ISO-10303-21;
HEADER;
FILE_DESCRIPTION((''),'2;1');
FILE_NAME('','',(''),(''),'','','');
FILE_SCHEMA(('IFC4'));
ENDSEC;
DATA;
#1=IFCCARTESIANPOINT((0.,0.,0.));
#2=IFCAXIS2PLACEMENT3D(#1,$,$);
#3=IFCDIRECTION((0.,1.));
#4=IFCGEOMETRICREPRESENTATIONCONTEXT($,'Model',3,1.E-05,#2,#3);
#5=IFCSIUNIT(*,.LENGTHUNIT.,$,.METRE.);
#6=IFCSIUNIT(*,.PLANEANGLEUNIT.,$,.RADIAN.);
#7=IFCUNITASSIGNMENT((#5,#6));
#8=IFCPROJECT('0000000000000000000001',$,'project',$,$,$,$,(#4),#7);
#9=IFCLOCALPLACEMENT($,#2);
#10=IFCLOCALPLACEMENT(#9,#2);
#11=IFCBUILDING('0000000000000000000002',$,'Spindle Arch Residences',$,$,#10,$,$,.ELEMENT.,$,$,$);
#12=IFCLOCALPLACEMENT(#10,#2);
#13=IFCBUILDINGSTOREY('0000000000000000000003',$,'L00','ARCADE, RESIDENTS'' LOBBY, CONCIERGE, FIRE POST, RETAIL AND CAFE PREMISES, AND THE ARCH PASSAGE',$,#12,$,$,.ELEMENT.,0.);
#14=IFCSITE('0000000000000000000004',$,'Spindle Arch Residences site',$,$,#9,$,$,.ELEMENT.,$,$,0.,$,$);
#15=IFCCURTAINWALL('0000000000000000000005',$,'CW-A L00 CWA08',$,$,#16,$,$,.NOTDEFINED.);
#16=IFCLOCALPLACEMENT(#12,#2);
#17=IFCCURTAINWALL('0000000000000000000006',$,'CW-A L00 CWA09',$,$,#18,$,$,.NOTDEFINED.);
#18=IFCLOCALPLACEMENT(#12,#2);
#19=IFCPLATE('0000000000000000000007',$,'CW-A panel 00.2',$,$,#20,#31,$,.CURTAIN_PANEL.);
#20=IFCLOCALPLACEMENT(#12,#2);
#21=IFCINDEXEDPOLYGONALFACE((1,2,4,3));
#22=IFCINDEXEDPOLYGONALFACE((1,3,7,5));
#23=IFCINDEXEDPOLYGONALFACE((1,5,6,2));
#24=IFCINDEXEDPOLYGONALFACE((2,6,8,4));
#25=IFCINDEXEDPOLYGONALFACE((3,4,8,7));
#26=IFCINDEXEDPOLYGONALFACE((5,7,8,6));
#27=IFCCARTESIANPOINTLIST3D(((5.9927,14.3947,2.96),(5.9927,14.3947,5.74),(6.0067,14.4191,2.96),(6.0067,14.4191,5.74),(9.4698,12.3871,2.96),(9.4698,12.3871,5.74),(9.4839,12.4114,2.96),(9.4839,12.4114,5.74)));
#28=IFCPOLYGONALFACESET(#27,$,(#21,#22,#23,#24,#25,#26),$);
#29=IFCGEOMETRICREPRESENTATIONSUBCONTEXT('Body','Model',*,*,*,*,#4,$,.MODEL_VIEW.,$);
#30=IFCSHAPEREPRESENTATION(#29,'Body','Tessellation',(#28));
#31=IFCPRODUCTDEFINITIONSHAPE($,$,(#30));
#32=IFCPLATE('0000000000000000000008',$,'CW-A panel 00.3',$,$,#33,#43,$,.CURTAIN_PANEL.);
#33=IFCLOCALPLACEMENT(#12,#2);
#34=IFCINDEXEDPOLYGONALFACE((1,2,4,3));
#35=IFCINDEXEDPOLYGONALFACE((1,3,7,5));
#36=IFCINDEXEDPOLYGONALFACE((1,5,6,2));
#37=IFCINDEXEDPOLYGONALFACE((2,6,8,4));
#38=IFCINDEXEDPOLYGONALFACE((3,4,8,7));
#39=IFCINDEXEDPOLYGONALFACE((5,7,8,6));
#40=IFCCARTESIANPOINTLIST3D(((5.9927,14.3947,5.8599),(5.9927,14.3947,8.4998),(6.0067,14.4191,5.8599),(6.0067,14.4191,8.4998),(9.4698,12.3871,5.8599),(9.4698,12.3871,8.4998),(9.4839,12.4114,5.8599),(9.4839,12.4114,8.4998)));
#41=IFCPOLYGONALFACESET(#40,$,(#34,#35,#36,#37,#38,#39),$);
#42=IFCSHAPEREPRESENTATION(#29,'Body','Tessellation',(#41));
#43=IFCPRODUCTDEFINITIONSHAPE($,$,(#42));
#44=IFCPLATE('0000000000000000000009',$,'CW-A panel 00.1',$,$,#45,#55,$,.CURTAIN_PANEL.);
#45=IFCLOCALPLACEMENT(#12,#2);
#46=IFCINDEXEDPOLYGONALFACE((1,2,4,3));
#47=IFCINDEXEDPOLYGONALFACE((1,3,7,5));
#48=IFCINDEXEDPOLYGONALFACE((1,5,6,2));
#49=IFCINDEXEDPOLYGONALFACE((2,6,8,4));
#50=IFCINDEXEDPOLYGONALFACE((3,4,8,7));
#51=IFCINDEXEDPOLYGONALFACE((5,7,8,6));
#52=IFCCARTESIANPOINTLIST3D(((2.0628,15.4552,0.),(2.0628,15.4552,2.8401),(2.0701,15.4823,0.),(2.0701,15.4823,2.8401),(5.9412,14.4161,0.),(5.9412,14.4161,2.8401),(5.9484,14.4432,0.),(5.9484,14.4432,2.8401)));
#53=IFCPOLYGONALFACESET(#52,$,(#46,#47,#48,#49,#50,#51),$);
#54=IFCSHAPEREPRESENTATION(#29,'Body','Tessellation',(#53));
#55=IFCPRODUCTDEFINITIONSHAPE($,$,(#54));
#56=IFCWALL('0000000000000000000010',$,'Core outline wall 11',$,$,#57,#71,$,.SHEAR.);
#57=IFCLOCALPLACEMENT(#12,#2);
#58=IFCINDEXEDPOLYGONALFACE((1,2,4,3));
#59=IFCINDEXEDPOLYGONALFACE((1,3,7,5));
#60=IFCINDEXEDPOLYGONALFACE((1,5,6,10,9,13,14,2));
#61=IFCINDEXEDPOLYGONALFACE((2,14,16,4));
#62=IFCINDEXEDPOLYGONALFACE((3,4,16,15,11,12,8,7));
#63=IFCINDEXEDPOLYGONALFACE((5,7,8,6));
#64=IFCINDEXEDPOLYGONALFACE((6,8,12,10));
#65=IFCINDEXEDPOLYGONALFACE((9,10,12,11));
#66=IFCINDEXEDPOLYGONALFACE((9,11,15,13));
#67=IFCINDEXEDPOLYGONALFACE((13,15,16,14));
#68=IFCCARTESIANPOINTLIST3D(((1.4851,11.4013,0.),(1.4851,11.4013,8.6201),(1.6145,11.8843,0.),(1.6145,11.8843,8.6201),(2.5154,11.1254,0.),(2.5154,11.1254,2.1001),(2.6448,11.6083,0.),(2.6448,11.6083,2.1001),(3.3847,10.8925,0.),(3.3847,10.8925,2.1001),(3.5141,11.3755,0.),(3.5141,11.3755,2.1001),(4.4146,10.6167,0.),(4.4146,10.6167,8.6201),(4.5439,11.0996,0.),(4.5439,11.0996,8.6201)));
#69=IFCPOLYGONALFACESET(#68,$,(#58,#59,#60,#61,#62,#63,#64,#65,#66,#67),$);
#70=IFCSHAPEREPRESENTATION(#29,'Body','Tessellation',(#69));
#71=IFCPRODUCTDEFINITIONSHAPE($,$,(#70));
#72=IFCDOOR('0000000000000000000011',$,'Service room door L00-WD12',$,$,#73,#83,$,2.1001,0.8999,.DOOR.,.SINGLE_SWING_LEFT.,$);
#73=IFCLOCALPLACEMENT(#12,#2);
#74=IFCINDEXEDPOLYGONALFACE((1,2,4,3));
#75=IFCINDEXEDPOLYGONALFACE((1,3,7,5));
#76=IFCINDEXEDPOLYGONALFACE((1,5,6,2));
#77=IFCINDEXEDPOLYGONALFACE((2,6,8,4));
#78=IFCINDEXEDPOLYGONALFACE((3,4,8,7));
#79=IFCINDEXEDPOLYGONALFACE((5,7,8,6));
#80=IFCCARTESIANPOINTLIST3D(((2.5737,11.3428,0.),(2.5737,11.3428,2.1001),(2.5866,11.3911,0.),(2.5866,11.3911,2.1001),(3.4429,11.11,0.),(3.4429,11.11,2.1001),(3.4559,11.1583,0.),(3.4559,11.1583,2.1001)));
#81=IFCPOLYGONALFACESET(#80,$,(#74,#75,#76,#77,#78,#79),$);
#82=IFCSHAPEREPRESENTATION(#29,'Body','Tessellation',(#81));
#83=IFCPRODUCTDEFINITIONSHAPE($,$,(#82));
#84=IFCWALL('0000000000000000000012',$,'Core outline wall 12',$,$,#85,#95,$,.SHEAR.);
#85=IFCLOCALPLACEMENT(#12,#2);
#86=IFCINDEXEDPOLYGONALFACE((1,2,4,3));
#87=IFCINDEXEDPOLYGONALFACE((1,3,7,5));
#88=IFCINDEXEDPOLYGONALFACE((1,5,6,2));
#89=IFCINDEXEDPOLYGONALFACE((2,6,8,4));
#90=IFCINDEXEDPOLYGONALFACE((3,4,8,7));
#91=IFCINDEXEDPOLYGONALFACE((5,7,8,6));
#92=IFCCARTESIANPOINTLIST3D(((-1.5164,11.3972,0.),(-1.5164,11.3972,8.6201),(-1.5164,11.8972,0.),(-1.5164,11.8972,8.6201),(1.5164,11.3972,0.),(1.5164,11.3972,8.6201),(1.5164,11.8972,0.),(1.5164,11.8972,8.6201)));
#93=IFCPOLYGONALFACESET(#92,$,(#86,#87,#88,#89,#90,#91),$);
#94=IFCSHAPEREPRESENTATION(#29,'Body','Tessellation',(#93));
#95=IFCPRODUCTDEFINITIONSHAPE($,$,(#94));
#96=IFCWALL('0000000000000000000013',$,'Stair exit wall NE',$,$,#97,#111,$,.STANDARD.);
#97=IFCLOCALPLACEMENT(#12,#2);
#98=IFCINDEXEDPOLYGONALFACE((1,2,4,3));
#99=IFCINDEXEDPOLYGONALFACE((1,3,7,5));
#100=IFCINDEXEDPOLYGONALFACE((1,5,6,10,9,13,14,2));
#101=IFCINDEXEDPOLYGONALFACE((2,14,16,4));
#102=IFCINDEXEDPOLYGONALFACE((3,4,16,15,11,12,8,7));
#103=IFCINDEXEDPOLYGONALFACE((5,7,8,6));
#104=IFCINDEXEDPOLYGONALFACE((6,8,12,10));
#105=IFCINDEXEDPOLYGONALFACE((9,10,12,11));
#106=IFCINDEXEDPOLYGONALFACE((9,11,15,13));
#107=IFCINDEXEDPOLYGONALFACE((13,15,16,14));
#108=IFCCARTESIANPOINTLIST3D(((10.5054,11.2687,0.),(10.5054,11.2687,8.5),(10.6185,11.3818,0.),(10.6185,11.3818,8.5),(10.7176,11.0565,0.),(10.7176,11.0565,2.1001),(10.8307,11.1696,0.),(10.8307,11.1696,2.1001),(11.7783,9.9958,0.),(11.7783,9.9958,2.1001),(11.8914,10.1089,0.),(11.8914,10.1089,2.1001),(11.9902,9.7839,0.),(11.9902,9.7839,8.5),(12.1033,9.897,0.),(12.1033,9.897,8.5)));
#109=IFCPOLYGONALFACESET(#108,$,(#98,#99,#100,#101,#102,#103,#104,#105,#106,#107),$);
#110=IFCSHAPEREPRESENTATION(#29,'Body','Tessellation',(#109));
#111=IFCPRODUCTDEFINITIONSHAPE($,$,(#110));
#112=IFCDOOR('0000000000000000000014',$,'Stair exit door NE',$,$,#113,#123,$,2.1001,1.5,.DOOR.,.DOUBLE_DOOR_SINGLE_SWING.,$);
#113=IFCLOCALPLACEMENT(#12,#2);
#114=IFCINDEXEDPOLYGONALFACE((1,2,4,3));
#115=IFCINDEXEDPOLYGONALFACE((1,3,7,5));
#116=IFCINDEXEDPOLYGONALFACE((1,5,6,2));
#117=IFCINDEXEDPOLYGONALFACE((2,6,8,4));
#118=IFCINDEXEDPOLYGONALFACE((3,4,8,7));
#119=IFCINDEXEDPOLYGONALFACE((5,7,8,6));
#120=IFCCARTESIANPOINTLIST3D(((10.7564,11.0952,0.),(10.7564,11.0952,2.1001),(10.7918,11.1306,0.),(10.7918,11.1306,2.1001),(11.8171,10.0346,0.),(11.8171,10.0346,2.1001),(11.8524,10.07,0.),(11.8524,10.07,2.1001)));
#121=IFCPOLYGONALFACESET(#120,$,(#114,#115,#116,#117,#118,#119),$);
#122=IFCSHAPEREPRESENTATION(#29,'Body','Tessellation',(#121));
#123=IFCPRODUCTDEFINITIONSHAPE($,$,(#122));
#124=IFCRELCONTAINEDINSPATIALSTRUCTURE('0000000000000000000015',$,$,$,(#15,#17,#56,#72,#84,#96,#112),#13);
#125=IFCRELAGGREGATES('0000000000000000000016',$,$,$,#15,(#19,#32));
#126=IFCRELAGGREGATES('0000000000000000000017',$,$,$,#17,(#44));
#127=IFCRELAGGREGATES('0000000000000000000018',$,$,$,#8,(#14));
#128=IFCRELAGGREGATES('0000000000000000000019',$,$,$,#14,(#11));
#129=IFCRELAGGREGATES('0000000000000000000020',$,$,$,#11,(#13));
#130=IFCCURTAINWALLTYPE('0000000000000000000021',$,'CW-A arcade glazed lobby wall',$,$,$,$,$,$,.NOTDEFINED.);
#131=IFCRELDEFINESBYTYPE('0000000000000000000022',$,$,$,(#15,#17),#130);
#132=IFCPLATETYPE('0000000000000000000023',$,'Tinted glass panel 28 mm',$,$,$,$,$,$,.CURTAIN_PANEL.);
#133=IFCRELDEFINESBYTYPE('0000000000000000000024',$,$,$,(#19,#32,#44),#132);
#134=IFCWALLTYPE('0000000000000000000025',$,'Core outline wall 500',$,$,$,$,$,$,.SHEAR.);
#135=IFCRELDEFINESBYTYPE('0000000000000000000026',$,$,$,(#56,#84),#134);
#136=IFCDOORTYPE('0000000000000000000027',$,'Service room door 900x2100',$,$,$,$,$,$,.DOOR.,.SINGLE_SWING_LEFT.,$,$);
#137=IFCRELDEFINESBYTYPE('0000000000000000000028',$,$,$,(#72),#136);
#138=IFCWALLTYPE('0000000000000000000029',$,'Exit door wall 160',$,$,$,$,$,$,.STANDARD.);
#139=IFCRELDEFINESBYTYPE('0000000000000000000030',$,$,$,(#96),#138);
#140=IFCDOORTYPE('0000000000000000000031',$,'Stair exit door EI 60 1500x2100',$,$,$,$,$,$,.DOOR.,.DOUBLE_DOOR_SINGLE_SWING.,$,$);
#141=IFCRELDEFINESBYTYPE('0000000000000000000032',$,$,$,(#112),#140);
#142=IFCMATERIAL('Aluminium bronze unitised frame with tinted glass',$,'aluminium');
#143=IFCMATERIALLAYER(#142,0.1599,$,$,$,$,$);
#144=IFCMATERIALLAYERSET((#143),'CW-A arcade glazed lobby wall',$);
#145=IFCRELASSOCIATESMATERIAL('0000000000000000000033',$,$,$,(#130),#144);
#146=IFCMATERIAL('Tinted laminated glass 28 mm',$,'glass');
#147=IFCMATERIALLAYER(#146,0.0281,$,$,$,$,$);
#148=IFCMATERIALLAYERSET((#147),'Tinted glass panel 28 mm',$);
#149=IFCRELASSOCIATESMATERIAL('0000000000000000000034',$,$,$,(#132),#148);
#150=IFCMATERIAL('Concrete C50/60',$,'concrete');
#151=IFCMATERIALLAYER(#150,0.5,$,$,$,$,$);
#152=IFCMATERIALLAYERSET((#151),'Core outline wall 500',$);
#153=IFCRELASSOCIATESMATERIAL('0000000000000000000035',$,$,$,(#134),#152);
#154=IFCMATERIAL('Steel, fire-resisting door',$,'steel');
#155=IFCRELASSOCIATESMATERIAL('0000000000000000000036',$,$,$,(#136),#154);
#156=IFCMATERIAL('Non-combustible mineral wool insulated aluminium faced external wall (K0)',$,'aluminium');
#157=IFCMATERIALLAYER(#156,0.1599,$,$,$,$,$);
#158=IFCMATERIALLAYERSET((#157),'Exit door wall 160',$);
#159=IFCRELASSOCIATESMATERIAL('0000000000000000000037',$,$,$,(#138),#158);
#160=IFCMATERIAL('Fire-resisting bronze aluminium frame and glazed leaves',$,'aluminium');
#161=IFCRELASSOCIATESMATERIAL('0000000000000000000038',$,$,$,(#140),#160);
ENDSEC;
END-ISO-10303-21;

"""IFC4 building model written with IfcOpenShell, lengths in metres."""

from ifc_helpers import new_model, si_unit, direction, frame, frame_2d, origin, origin_2d, place, context, subcontext, project, spatial, rectangle, extrude, material, layer, layer_set, type_object, element, fill, aggregate, save


model = new_model("IFC4")

# Units and contexts
model_context = context("Model", 3, precision=1e-05, world=origin(), true_north=direction((0.0, 1.0)))
body_context = subcontext(model_context, "Body", "Model", "MODEL_VIEW")
ifc_project = project(units=[si_unit("LENGTHUNIT", "METRE"), si_unit("PLANEANGLEUNIT", "RADIAN")], contexts=[model_context])

# Site, building, storey
site_placement = place(None, origin())
site = spatial("IfcSite", under=ifc_project, at=site_placement, Name="Spindle Arch Residences site", CompositionType="ELEMENT", RefElevation=0.0)
building_placement = place(site_placement, origin())
building = spatial("IfcBuilding", under=site, at=building_placement, Name="Spindle Arch Residences", CompositionType="ELEMENT")
storey_placement = place(building_placement, origin())
storey = spatial("IfcBuildingStorey", under=building, at=storey_placement, Name="L00", Description="ARCADE, RESIDENTS' LOBBY, CONCIERGE, FIRE POST, RETAIL AND CAFE PREMISES, AND THE ARCH PASSAGE", CompositionType="ELEMENT", Elevation=0.0)

# Curtain walls
ifc_material_1 = material(Name="Aluminium bronze unitised frame with tinted glass", Category="aluminium")
ifc_layer_1 = layer(ifc_material_1, 0.1599)
ifc_layer_set_1 = layer_set([ifc_layer_1], Name="CW-A arcade glazed lobby wall")
curtain_wall_type = type_object("IfcCurtainWallType", Name="CW-A arcade glazed lobby wall", PredefinedType="NOTDEFINED", material=ifc_layer_set_1)
curtain_wall_1_placement = place(storey_placement, origin())
curtain_wall_1 = element("IfcCurtainWall", 1, at=curtain_wall_1_placement, inside=storey, type_object=curtain_wall_type, Name="CW-A L00 CWA08", PredefinedType="NOTDEFINED")
curtain_wall_2_placement = place(storey_placement, origin())
curtain_wall_2 = element("IfcCurtainWall", 2, at=curtain_wall_2_placement, inside=storey, type_object=curtain_wall_type, Name="CW-A L00 CWA09", PredefinedType="NOTDEFINED")

# Plates
ifc_material_2 = material(Name="Tinted laminated glass 28 mm", Category="glass")
ifc_layer_2 = layer(ifc_material_2, 0.0281)
ifc_layer_set_2 = layer_set([ifc_layer_2], Name="Tinted glass panel 28 mm")
plate_type = type_object("IfcPlateType", Name="Tinted glass panel 28 mm", PredefinedType="CURTAIN_PANEL", material=ifc_layer_set_2)
plate_1_placement = place(storey_placement, frame((7.7383, 13.4031, 2.96), z_axis=(0.0, 0.0, 1.0), x_axis=(-0.866012, 0.500023, 0.0)))
plate_1 = element("IfcPlate", 3, at=plate_1_placement, type_object=plate_type, Name="CW-A panel 00.2", PredefinedType="CURTAIN_PANEL", context=body_context, shape_type="SweptSolid", body=[
    extrude(rectangle(XDim=4.0151, YDim=0.0281, at=origin_2d()), origin(), (0.0, 0.0, 1.0), 2.78),
])
plate_2_placement = place(storey_placement, frame((7.7383, 13.4031, 5.8599), z_axis=(0.0, 0.0, 1.0), x_axis=(-0.866012, 0.500023, 0.0)))
plate_2 = element("IfcPlate", 4, at=plate_2_placement, type_object=plate_type, Name="CW-A panel 00.3", PredefinedType="CURTAIN_PANEL", context=body_context, shape_type="SweptSolid", body=[
    extrude(rectangle(XDim=4.0151, YDim=0.0281, at=origin_2d()), origin(), (0.0, 0.0, 1.0), 2.6399),
])
aggregate(curtain_wall_1, [plate_1, plate_2])
plate_3_placement = place(storey_placement, frame((4.0056, 14.9492, 0.0), z_axis=(0.0, 0.0, 1.0), x_axis=(-0.965935, 0.258786, 0.0)))
plate_3 = element("IfcPlate", 5, at=plate_3_placement, type_object=plate_type, Name="CW-A panel 00.1", PredefinedType="CURTAIN_PANEL", context=body_context, shape_type="SweptSolid", body=[
    extrude(rectangle(XDim=4.0151, YDim=0.0281, at=origin_2d()), origin(), (0.0, 0.0, 1.0), 2.8401),
])
aggregate(curtain_wall_2, [plate_3])

# Wall, opening, door
ifc_material_3 = material(Name="Concrete C50/60", Category="concrete")
ifc_layer_3 = layer(ifc_material_3, 0.5)
ifc_layer_set_3 = layer_set([ifc_layer_3], Name="Core outline wall 500")
wall_type_1 = type_object("IfcWallType", Name="Core outline wall 500", PredefinedType="SHEAR", material=ifc_layer_set_3)
wall_1_placement = place(storey_placement, frame((4.4792, 10.8582, 0.0), z_axis=(0.0, 0.0, 1.0), x_axis=(-0.965948, 0.258735, 0.0)))
wall_1 = element("IfcWall", 6, at=wall_1_placement, inside=storey, type_object=wall_type_1, Name="Core outline wall 11", PredefinedType="SHEAR", context=body_context, shape_type="SweptSolid", body=[
    extrude(rectangle(XDim=3.0327, YDim=0.5, at=frame_2d((1.5164, 0.0))), origin(), (0.0, 0.0, 1.0), 8.6201),
])
opening_1_placement = place(wall_1_placement, frame((1.0662, 0.0, 0.0)))
opening_1 = element("IfcOpeningElement", 7, at=opening_1_placement, cuts=wall_1, PredefinedType="OPENING", context=body_context, shape_type="SweptSolid", body=[
    extrude(rectangle(XDim=0.8999, YDim=2.1001, at=frame_2d((0.45, 1.05))), frame((0.0, 0.26, 0.0), z_axis=(0.0, -1.0, 0.0), x_axis=(1.0, 0.0, 0.0)), (0.0, 0.0, 1.0), 0.52),
])
ifc_material_4 = material(Name="Steel, fire-resisting door", Category="steel")
door_type_1 = type_object("IfcDoorType", Name="Service room door 900x2100", OperationType="SINGLE_SWING_LEFT", PredefinedType="DOOR", material=ifc_material_4)
door_1_placement = place(opening_1_placement, origin())
door_1 = element("IfcDoor", 8, at=door_1_placement, inside=storey, type_object=door_type_1, Name="Service room door L00-WD12", OperationType="SINGLE_SWING_LEFT", OverallHeight=2.1001, OverallWidth=0.8999, PredefinedType="DOOR", context=body_context, shape_type="SweptSolid", body=[
    extrude(rectangle(XDim=0.8999, YDim=2.1001, at=frame_2d((0.45, 1.05))), frame((0.0, 0.0249, 0.0), z_axis=(0.0, -1.0, 0.0), x_axis=(1.0, 0.0, 0.0)), (0.0, 0.0, 1.0), 0.05),
])
fill(opening_1, door_1)

# Wall
wall_2_placement = place(storey_placement, frame((1.5164, 11.6472, 0.0), z_axis=(0.0, 0.0, 1.0), x_axis=(-1.0, 0.0, 0.0)))
element("IfcWall", 9, at=wall_2_placement, inside=storey, type_object=wall_type_1, Name="Core outline wall 12", PredefinedType="SHEAR", context=body_context, shape_type="SweptSolid", body=[
    extrude(rectangle(XDim=3.0327, YDim=0.5, at=frame_2d((1.5164, 0.0))), origin(), (0.0, 0.0, 1.0), 8.6201),
])

# Wall, opening, door
ifc_material_5 = material(Name="Non-combustible mineral wool insulated aluminium faced external wall (K0)", Category="aluminium")
ifc_layer_4 = layer(ifc_material_5, 0.1599)
ifc_layer_set_4 = layer_set([ifc_layer_4], Name="Exit door wall 160")
wall_type_2 = type_object("IfcWallType", Name="Exit door wall 160", PredefinedType="STANDARD", material=ifc_layer_set_4)
wall_3_placement = place(storey_placement, frame((10.562, 11.3252, 0.0), z_axis=(0.0, 0.0, 1.0), x_axis=(0.707107, -0.707107, 0.0)))
wall_3 = element("IfcWall", 10, at=wall_3_placement, inside=storey, type_object=wall_type_2, Name="Stair exit wall NE", PredefinedType="STANDARD", context=body_context, shape_type="SweptSolid", body=[
    extrude(rectangle(XDim=2.0999, YDim=0.1599, at=frame_2d((1.0498, 0.0))), origin(), (0.0, 0.0, 1.0), 8.5),
])
opening_2_placement = place(wall_3_placement, frame((0.3, 0.0, 0.0)))
opening_2 = element("IfcOpeningElement", 11, at=opening_2_placement, cuts=wall_3, PredefinedType="OPENING", context=body_context, shape_type="SweptSolid", body=[
    extrude(rectangle(XDim=1.5, YDim=2.1001, at=frame_2d((0.75, 1.05))), frame((0.0, 0.0898, 0.0), z_axis=(0.0, -1.0, 0.0), x_axis=(1.0, 0.0, 0.0)), (0.0, 0.0, 1.0), 0.1799),
])
ifc_material_6 = material(Name="Fire-resisting bronze aluminium frame and glazed leaves", Category="aluminium")
door_type_2 = type_object("IfcDoorType", Name="Stair exit door EI 60 1500x2100", OperationType="DOUBLE_DOOR_SINGLE_SWING", PredefinedType="DOOR", material=ifc_material_6)
door_2_placement = place(opening_2_placement, origin())
door_2 = element("IfcDoor", 12, at=door_2_placement, inside=storey, type_object=door_type_2, Name="Stair exit door NE", OperationType="DOUBLE_DOOR_SINGLE_SWING", OverallHeight=2.1001, OverallWidth=1.5, PredefinedType="DOOR", context=body_context, shape_type="SweptSolid", body=[
    extrude(rectangle(XDim=1.5, YDim=2.1001, at=frame_2d((0.75, 1.05))), frame((0.0, 0.0249, 0.0), z_axis=(0.0, -1.0, 0.0), x_axis=(1.0, 0.0, 0.0)), (0.0, 0.0, 1.0), 0.05),
])
fill(opening_2, door_2)

save(model, "model.ifc")
